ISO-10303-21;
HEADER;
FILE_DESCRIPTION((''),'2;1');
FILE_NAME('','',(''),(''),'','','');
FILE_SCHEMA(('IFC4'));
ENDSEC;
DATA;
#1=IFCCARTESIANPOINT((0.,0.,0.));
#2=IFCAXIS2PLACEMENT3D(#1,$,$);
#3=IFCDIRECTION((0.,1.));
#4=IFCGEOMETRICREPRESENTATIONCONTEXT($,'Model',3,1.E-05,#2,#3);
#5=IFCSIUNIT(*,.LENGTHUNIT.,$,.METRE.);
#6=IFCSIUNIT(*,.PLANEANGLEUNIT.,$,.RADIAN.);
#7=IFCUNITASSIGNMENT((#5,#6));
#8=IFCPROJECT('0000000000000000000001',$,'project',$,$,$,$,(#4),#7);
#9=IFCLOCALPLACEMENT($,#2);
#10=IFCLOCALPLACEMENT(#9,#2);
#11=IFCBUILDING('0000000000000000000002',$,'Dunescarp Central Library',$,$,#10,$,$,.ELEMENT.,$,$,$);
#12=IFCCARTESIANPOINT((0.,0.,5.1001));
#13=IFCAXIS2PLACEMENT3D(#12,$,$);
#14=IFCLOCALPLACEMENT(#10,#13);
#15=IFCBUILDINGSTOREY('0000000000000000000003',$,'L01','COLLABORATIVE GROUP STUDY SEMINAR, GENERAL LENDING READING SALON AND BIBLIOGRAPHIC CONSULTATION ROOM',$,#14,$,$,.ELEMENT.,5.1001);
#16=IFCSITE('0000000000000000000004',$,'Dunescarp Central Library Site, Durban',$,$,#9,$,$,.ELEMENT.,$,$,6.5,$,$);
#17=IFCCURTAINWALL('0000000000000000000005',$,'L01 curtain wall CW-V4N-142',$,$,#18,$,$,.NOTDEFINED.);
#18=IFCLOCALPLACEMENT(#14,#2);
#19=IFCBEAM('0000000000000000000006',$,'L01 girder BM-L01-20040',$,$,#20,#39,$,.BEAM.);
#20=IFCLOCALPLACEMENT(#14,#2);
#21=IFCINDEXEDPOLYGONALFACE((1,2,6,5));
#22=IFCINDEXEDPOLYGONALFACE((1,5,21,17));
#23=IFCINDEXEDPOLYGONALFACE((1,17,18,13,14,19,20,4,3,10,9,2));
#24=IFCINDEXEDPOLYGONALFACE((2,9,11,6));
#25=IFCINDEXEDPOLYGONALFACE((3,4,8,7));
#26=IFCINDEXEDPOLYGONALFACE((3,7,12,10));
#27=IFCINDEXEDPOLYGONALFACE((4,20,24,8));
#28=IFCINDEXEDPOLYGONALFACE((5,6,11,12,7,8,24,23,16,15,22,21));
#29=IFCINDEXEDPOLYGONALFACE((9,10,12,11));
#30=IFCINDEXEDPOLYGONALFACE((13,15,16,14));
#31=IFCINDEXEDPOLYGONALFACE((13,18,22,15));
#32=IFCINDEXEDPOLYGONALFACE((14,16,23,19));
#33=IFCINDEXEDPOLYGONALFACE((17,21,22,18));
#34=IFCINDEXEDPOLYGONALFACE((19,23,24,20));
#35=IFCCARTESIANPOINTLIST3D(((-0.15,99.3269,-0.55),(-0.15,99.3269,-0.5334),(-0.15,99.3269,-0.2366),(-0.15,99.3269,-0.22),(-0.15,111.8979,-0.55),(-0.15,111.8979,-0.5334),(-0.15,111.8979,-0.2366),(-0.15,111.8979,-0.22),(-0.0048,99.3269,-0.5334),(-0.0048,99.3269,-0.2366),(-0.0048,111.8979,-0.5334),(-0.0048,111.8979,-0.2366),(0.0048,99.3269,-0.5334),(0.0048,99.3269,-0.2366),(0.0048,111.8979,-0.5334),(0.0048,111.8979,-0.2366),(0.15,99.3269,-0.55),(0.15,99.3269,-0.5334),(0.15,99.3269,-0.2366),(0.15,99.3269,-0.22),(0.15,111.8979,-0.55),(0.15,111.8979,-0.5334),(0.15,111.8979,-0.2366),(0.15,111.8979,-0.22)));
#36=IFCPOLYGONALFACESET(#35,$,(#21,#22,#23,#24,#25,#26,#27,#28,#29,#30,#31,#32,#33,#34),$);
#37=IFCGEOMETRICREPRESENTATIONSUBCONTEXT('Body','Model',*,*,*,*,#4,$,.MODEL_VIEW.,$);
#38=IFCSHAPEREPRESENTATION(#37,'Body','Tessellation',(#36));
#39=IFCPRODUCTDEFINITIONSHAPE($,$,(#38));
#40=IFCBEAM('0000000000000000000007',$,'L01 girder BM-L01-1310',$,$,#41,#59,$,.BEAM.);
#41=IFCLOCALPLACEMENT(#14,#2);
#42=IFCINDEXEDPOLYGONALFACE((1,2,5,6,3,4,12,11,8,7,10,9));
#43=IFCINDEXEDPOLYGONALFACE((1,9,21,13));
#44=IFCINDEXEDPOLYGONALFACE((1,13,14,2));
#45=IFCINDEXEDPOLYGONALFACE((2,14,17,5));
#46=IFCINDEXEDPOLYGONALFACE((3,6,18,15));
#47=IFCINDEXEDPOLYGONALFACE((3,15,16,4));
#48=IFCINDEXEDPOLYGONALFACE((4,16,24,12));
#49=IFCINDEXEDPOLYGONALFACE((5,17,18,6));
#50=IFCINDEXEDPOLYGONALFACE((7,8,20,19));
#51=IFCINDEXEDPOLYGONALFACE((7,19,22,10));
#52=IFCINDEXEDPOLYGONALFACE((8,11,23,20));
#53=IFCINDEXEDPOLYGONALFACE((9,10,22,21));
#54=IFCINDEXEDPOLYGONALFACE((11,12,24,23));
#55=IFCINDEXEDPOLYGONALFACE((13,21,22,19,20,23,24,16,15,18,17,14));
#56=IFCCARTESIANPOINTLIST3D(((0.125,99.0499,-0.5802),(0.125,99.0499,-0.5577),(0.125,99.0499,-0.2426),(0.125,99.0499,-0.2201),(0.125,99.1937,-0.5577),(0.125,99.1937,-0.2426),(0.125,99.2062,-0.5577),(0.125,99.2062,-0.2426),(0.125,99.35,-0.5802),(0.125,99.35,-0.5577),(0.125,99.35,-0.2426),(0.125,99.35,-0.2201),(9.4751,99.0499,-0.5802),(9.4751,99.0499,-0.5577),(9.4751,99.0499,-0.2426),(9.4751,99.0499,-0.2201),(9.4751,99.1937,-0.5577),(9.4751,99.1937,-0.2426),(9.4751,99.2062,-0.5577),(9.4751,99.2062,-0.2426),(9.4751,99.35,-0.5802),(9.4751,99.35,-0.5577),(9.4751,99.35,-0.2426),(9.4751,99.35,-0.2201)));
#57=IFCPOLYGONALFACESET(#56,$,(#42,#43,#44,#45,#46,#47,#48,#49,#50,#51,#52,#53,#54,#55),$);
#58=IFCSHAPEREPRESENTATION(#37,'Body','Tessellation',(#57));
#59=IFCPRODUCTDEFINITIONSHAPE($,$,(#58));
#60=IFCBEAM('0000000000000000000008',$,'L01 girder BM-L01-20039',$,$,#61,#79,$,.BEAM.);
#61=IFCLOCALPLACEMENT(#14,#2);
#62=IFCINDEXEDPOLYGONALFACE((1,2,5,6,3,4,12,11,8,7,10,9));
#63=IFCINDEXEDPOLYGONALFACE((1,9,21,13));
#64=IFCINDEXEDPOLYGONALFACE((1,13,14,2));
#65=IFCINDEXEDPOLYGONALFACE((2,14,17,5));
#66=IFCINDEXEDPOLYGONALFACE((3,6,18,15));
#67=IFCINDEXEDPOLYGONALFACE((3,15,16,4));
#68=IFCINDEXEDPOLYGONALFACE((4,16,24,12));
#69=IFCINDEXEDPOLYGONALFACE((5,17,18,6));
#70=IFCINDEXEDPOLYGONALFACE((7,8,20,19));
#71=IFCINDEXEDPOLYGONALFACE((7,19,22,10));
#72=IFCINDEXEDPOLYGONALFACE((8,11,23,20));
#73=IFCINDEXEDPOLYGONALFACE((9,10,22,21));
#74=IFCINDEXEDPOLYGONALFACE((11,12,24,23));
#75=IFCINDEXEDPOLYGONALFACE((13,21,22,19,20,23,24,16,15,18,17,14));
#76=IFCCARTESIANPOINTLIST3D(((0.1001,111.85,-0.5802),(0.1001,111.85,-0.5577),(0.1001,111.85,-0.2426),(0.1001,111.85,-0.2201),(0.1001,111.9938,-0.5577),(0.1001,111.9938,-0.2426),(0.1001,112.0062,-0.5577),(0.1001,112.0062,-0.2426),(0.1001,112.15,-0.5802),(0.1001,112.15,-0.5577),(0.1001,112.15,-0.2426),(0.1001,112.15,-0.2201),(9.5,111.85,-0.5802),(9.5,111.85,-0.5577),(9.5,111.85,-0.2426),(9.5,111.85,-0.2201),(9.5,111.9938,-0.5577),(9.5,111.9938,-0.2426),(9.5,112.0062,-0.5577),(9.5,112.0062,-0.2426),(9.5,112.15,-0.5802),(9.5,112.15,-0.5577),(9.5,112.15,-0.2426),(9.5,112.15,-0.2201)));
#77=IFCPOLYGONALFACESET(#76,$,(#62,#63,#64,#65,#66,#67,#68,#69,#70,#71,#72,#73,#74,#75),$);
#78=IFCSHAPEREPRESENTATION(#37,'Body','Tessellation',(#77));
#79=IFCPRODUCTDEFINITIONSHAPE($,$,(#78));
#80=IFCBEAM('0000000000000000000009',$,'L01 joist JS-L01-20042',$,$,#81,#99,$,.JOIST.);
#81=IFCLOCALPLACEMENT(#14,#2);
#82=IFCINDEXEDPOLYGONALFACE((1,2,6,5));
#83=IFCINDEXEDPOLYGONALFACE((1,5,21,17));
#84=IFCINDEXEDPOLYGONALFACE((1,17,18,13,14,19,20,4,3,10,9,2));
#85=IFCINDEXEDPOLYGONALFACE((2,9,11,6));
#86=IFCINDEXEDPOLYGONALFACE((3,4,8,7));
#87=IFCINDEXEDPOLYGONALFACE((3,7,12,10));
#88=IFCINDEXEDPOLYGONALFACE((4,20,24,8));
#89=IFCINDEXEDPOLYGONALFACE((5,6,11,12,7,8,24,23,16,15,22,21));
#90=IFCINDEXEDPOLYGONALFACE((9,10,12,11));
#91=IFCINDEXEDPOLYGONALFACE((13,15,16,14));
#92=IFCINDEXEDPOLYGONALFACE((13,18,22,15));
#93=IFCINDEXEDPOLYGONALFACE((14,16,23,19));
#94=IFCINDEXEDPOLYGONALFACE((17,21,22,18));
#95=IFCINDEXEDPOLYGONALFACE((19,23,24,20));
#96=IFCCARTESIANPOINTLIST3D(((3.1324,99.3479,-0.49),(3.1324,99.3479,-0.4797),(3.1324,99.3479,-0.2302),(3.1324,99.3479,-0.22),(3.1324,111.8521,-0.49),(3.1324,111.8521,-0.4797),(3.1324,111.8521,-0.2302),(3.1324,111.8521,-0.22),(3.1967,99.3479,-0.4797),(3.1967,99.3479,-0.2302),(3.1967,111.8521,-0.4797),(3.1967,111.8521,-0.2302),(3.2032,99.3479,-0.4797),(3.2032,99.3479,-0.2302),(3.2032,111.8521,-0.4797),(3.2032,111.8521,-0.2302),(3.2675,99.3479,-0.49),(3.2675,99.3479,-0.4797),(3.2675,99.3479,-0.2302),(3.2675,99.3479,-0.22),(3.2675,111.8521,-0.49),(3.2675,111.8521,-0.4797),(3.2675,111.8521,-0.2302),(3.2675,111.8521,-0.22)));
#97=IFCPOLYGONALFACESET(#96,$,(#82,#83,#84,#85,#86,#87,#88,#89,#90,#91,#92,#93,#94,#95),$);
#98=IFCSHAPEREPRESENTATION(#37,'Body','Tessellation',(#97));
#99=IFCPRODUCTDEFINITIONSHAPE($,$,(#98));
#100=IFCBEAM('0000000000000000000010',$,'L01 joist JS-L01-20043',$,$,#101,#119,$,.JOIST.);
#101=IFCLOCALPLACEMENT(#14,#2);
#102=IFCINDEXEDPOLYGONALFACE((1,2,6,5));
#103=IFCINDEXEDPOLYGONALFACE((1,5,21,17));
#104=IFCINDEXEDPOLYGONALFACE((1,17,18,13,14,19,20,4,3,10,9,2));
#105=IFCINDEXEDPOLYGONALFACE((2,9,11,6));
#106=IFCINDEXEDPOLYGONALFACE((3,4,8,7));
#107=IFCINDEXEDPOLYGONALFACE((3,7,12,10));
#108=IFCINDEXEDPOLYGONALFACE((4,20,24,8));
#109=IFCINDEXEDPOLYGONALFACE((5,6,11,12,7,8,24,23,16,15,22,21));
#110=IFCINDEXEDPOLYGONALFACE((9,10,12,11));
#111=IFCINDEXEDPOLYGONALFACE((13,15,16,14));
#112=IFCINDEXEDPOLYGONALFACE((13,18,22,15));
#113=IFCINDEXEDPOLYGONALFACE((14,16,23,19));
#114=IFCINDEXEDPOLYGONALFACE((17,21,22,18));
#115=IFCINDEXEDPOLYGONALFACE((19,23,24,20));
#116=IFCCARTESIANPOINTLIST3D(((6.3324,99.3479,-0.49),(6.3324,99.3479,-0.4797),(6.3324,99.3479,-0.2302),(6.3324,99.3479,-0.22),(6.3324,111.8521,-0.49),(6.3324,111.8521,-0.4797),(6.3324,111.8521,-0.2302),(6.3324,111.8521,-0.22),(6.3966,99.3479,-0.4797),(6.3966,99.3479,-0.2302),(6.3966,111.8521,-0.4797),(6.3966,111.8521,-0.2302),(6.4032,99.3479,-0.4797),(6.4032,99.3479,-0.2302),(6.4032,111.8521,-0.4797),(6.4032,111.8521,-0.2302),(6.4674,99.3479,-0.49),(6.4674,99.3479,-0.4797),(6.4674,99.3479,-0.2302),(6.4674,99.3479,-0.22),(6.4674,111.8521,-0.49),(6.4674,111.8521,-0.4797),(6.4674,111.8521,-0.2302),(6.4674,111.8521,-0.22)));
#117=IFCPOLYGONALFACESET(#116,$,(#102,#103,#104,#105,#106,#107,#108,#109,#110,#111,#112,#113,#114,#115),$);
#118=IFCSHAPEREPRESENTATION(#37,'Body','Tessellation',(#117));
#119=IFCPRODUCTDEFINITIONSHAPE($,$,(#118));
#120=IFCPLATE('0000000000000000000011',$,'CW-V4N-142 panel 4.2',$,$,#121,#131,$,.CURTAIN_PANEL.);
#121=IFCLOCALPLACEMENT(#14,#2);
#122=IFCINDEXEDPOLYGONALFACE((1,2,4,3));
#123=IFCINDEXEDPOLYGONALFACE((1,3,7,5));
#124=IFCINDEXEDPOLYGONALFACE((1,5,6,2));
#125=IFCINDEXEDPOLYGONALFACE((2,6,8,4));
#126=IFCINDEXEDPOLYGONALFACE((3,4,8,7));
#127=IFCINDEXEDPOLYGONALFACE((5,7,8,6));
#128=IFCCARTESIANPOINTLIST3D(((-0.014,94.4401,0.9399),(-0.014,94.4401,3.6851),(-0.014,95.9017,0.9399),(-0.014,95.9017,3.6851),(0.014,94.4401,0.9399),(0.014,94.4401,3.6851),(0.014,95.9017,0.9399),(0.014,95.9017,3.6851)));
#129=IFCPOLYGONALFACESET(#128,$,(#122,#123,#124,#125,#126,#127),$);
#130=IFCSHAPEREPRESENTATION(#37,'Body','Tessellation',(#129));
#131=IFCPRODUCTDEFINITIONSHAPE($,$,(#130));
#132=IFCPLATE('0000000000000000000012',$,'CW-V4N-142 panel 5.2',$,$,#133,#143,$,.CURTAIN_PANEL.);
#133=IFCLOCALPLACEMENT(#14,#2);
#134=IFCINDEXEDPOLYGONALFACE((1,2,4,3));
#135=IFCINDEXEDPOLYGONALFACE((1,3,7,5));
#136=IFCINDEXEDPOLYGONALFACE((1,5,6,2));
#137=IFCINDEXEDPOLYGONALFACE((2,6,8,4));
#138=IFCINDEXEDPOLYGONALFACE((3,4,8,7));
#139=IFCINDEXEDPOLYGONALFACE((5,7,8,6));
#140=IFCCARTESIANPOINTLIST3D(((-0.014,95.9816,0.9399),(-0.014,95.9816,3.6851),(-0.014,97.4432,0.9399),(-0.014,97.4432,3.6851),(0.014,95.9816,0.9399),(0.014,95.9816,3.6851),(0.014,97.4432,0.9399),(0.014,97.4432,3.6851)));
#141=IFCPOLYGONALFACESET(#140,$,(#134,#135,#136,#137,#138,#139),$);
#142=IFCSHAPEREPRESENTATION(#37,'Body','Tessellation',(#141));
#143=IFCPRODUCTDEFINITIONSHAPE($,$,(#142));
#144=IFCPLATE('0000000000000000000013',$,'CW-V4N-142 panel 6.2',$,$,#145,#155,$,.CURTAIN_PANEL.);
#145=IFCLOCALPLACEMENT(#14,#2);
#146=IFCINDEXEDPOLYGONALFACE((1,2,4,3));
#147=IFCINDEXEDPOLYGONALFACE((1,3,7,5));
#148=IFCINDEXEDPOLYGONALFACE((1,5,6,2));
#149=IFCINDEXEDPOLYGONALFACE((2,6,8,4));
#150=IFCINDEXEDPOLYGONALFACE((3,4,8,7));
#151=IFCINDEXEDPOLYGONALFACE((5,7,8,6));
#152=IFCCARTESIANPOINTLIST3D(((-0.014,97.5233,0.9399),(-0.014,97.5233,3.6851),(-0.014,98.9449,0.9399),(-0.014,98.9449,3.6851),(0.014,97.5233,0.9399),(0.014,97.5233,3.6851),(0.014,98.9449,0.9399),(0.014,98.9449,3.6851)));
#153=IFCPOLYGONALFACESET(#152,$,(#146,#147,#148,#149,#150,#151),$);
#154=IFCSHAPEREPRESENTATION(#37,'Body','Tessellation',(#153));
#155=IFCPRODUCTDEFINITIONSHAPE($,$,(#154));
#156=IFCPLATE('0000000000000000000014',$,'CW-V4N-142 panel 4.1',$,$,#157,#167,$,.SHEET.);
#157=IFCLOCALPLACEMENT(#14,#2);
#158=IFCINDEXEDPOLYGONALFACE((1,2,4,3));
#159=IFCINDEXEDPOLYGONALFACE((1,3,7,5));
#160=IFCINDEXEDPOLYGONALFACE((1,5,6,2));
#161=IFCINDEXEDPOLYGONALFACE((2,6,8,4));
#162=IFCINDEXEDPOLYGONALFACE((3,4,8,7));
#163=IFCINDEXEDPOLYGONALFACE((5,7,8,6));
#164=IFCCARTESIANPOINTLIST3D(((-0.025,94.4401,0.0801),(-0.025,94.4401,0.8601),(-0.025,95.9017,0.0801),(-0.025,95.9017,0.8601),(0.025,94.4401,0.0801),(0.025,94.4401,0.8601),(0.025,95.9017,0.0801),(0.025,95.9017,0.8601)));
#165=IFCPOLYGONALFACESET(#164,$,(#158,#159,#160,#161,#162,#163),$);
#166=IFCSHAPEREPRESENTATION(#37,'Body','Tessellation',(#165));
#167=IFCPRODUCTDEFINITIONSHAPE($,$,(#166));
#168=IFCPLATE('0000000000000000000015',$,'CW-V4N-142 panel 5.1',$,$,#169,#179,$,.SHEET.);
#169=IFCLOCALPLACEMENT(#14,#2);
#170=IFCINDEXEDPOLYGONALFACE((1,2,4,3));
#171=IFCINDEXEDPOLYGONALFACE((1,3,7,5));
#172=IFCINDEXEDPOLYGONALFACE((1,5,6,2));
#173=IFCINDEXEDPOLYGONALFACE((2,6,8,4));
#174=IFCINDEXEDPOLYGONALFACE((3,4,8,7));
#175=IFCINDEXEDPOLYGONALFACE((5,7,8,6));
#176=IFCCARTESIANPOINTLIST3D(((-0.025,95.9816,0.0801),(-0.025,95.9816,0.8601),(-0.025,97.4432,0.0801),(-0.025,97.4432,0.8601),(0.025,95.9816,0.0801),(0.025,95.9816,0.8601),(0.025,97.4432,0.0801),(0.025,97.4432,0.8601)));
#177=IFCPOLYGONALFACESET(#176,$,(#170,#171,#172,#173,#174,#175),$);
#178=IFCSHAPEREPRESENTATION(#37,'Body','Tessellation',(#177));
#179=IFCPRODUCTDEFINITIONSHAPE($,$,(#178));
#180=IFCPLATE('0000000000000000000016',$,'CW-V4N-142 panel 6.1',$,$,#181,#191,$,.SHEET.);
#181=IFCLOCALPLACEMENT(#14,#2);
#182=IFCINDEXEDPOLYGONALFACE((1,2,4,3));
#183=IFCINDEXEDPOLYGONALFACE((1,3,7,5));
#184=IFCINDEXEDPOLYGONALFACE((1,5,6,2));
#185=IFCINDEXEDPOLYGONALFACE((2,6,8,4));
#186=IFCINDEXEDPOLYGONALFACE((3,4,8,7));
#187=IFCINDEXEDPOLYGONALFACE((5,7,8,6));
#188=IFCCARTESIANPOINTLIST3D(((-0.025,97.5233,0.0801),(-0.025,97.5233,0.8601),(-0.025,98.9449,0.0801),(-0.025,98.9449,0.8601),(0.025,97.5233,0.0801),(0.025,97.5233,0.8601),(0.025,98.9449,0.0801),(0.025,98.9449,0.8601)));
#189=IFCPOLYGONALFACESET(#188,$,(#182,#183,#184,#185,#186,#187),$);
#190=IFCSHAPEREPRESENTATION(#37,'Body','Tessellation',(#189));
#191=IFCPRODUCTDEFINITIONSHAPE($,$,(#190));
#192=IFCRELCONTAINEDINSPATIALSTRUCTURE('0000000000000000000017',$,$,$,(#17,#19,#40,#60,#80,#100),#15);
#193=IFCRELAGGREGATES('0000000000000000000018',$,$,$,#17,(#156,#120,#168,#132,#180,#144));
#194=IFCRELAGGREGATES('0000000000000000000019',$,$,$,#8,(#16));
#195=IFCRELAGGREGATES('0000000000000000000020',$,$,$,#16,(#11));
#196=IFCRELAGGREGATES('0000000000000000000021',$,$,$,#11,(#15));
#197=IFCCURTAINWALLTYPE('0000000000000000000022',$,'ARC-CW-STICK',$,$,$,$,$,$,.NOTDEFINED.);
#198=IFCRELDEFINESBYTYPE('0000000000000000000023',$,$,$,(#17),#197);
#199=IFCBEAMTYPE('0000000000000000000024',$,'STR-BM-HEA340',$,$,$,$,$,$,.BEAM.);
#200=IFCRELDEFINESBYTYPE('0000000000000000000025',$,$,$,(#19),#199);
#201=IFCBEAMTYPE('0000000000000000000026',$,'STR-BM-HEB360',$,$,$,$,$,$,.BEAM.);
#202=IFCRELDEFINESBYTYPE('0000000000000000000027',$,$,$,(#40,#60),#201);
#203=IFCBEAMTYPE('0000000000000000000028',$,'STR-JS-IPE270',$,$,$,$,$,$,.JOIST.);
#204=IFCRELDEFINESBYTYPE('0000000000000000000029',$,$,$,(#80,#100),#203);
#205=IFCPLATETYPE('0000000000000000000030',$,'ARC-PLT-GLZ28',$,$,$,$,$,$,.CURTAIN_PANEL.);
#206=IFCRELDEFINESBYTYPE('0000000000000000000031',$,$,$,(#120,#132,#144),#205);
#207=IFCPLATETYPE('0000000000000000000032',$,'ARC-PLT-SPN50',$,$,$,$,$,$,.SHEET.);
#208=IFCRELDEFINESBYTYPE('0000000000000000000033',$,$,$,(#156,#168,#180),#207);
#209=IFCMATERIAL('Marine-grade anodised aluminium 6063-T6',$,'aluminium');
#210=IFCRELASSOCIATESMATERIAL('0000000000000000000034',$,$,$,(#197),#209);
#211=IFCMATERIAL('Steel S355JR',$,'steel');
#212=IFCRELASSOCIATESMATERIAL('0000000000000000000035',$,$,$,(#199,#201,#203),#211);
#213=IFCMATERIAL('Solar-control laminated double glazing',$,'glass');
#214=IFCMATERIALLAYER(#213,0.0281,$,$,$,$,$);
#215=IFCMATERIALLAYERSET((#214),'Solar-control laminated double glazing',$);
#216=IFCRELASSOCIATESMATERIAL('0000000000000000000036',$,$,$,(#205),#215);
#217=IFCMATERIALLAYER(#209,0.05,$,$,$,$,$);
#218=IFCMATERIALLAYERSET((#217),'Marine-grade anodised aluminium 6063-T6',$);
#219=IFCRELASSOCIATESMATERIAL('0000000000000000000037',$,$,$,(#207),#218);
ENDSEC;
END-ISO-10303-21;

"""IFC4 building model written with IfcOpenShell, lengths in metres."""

from ifc_helpers import new_model, si_unit, direction, frame, origin, origin_2d, place, context, subcontext, project, spatial, rectangle, i_section, extrude, material, layer, layer_set, material_profile, profile_set, type_object, element, aggregate, save


model = new_model("IFC4")

# Units and contexts
model_context = context("Model", 3, precision=1e-05, world=origin(), true_north=direction((0.0, 1.0)))
body_context = subcontext(model_context, "Body", "Model", "MODEL_VIEW")
ifc_project = project(units=[si_unit("LENGTHUNIT", "METRE"), si_unit("PLANEANGLEUNIT", "RADIAN")], contexts=[model_context])

# Site, building, storey
site_placement = place(None, origin())
site = spatial("IfcSite", under=ifc_project, at=site_placement, Name="Dunescarp Central Library Site, Durban", CompositionType="ELEMENT", RefElevation=6.5)
building_placement = place(site_placement, origin())
building = spatial("IfcBuilding", under=site, at=building_placement, Name="Dunescarp Central Library", CompositionType="ELEMENT")
storey_placement = place(building_placement, frame((0.0, 0.0, 5.1001)))
storey = spatial("IfcBuildingStorey", under=building, at=storey_placement, Name="L01", Description="COLLABORATIVE GROUP STUDY SEMINAR, GENERAL LENDING READING SALON AND BIBLIOGRAPHIC CONSULTATION ROOM", CompositionType="ELEMENT", Elevation=5.1001)

# Shared definitions
ifc_material_1 = material(Name="Steel S355JR", Category="steel")

# Curtain wall
ifc_material_2 = material(Name="Marine-grade anodised aluminium 6063-T6", Category="aluminium")
curtain_wall_type = type_object("IfcCurtainWallType", Name="ARC-CW-STICK", PredefinedType="NOTDEFINED", material=ifc_material_2)
curtain_wall_placement = place(storey_placement, origin())
curtain_wall = element("IfcCurtainWall", 1, at=curtain_wall_placement, inside=storey, type_object=curtain_wall_type, Name="L01 curtain wall CW-V4N-142", PredefinedType="NOTDEFINED")

# Beams
ifc_material_profile_1 = material_profile(ifc_material_1, i_section(OverallWidth=0.3, OverallDepth=0.3301, WebThickness=0.0095, FlangeThickness=0.0166, at=origin_2d()), Name="HEA 340")
ifc_profile_set_1 = profile_set([ifc_material_profile_1], Name="Steel S355JR")
beam_type_1 = type_object("IfcBeamType", Name="STR-BM-HEA340", PredefinedType="BEAM", material=ifc_profile_set_1)
beam_1_placement = place(storey_placement, frame((0.0, 99.3269, -0.385), z_axis=(0.0, 1.0, 0.0), x_axis=(-1.0, 0.0, 0.0)))
element("IfcBeam", 2, at=beam_1_placement, inside=storey, type_object=beam_type_1, Name="L01 girder BM-L01-20040", PredefinedType="BEAM", context=body_context, shape_type="SweptSolid", body=[
    extrude(i_section(OverallWidth=0.3, OverallDepth=0.3301, WebThickness=0.0095, FlangeThickness=0.0166, at=origin_2d()), origin(), (0.0, 0.0, 1.0), 12.571),
])
ifc_material_profile_2 = material_profile(ifc_material_1, i_section(OverallWidth=0.3, OverallDepth=0.3601, WebThickness=0.0125, FlangeThickness=0.0225, at=origin_2d()), Name="HEB 360")
ifc_profile_set_2 = profile_set([ifc_material_profile_2], Name="Steel S355JR")
beam_type_2 = type_object("IfcBeamType", Name="STR-BM-HEB360", PredefinedType="BEAM", material=ifc_profile_set_2)
beam_2_placement = place(storey_placement, frame((0.125, 99.2, -0.4001), z_axis=(1.0, 0.0, 0.0), x_axis=(0.0, 1.0, 0.0)))
element("IfcBeam", 3, at=beam_2_placement, inside=storey, type_object=beam_type_2, Name="L01 girder BM-L01-1310", PredefinedType="BEAM", context=body_context, shape_type="SweptSolid", body=[
    extrude(i_section(OverallWidth=0.3, OverallDepth=0.3601, WebThickness=0.0125, FlangeThickness=0.0225, at=origin_2d()), origin(), (0.0, 0.0, 1.0), 9.3501),
])
beam_3_placement = place(storey_placement, frame((0.1001, 112.0, -0.4001), z_axis=(1.0, 0.0, 0.0), x_axis=(0.0, 1.0, 0.0)))
element("IfcBeam", 4, at=beam_3_placement, inside=storey, type_object=beam_type_2, Name="L01 girder BM-L01-20039", PredefinedType="BEAM", context=body_context, shape_type="SweptSolid", body=[
    extrude(i_section(OverallWidth=0.3, OverallDepth=0.3601, WebThickness=0.0125, FlangeThickness=0.0225, at=origin_2d()), origin(), (0.0, 0.0, 1.0), 9.3999),
])
ifc_material_profile_3 = material_profile(ifc_material_1, i_section(OverallWidth=0.135, OverallDepth=0.27, WebThickness=0.0066, FlangeThickness=0.0103, at=origin_2d()), Name="IPE 270")
ifc_profile_set_3 = profile_set([ifc_material_profile_3], Name="Steel S355JR")
beam_type_3 = type_object("IfcBeamType", Name="STR-JS-IPE270", PredefinedType="JOIST", material=ifc_profile_set_3)
for number, where, z_axis, x_axis, name in (
    (5, (3.2, 99.3479, -0.355), (0.0, 1.0, 0.0), (-1.0, 0.0, 0.0), "L01 joist JS-L01-20042"),
    (6, (6.3999, 99.3479, -0.355), (0.0, 1.0, 0.0), (-1.0, 0.0, 0.0), "L01 joist JS-L01-20043"),
):
    element("IfcBeam", number, at=place(storey_placement, frame(where, z_axis=z_axis, x_axis=x_axis)), inside=storey, type_object=beam_type_3, Name=name, PredefinedType="JOIST", context=body_context, shape_type="SweptSolid", body=[
        extrude(i_section(OverallWidth=0.135, OverallDepth=0.27, WebThickness=0.0066, FlangeThickness=0.0103, at=origin_2d()), origin(), (0.0, 0.0, 1.0), 12.5042),
    ])

# Plates
ifc_material_3 = material(Name="Solar-control laminated double glazing", Category="glass")
ifc_layer_1 = layer(ifc_material_3, 0.0281)
ifc_layer_set_1 = layer_set([ifc_layer_1], Name="Solar-control laminated double glazing")
plate_type_1 = type_object("IfcPlateType", Name="ARC-PLT-GLZ28", PredefinedType="CURTAIN_PANEL", material=ifc_layer_set_1)
plate_1_placement = place(storey_placement, frame((0.0, 95.1709, 0.9399), z_axis=(0.0, 0.0, 1.0), x_axis=(0.0, 1.0, 0.0)))
plate_1 = element("IfcPlate", 7, at=plate_1_placement, type_object=plate_type_1, Name="CW-V4N-142 panel 4.2", PredefinedType="CURTAIN_PANEL", context=body_context, shape_type="SweptSolid", body=[
    extrude(rectangle(XDim=1.4617, YDim=0.0281, at=origin_2d()), origin(), (0.0, 0.0, 1.0), 2.7451),
])
plate_2_placement = place(storey_placement, frame((0.0, 96.7124, 0.9399), z_axis=(0.0, 0.0, 1.0), x_axis=(0.0, 1.0, 0.0)))
plate_2 = element("IfcPlate", 8, at=plate_2_placement, type_object=plate_type_1, Name="CW-V4N-142 panel 5.2", PredefinedType="CURTAIN_PANEL", context=body_context, shape_type="SweptSolid", body=[
    extrude(rectangle(XDim=1.4617, YDim=0.0281, at=origin_2d()), origin(), (0.0, 0.0, 1.0), 2.7451),
])
plate_3_placement = place(storey_placement, frame((0.0, 98.2341, 0.9399), z_axis=(0.0, 0.0, 1.0), x_axis=(0.0, 1.0, 0.0)))
plate_3 = element("IfcPlate", 9, at=plate_3_placement, type_object=plate_type_1, Name="CW-V4N-142 panel 6.2", PredefinedType="CURTAIN_PANEL", context=body_context, shape_type="SweptSolid", body=[
    extrude(rectangle(XDim=1.4216, YDim=0.0281, at=origin_2d()), origin(), (0.0, 0.0, 1.0), 2.7451),
])
ifc_layer_2 = layer(ifc_material_2, 0.05)
ifc_layer_set_2 = layer_set([ifc_layer_2], Name="Marine-grade anodised aluminium 6063-T6")
plate_type_2 = type_object("IfcPlateType", Name="ARC-PLT-SPN50", PredefinedType="SHEET", material=ifc_layer_set_2)
plate_4_placement = place(storey_placement, frame((0.0, 95.1709, 0.0801), z_axis=(0.0, 0.0, 1.0), x_axis=(0.0, 1.0, 0.0)))
plate_4 = element("IfcPlate", 10, at=plate_4_placement, type_object=plate_type_2, Name="CW-V4N-142 panel 4.1", PredefinedType="SHEET", context=body_context, shape_type="SweptSolid", body=[
    extrude(rectangle(XDim=1.4617, YDim=0.05, at=origin_2d()), origin(), (0.0, 0.0, 1.0), 0.78),
])
plate_5_placement = place(storey_placement, frame((0.0, 96.7124, 0.0801), z_axis=(0.0, 0.0, 1.0), x_axis=(0.0, 1.0, 0.0)))
plate_5 = element("IfcPlate", 11, at=plate_5_placement, type_object=plate_type_2, Name="CW-V4N-142 panel 5.1", PredefinedType="SHEET", context=body_context, shape_type="SweptSolid", body=[
    extrude(rectangle(XDim=1.4617, YDim=0.05, at=origin_2d()), origin(), (0.0, 0.0, 1.0), 0.78),
])
plate_6_placement = place(storey_placement, frame((0.0, 98.2341, 0.0801), z_axis=(0.0, 0.0, 1.0), x_axis=(0.0, 1.0, 0.0)))
plate_6 = element("IfcPlate", 12, at=plate_6_placement, type_object=plate_type_2, Name="CW-V4N-142 panel 6.1", PredefinedType="SHEET", context=body_context, shape_type="SweptSolid", body=[
    extrude(rectangle(XDim=1.4216, YDim=0.05, at=origin_2d()), origin(), (0.0, 0.0, 1.0), 0.78),
])
aggregate(curtain_wall, [plate_4, plate_1, plate_5, plate_2, plate_6, plate_3])

save(model, "model.ifc")
